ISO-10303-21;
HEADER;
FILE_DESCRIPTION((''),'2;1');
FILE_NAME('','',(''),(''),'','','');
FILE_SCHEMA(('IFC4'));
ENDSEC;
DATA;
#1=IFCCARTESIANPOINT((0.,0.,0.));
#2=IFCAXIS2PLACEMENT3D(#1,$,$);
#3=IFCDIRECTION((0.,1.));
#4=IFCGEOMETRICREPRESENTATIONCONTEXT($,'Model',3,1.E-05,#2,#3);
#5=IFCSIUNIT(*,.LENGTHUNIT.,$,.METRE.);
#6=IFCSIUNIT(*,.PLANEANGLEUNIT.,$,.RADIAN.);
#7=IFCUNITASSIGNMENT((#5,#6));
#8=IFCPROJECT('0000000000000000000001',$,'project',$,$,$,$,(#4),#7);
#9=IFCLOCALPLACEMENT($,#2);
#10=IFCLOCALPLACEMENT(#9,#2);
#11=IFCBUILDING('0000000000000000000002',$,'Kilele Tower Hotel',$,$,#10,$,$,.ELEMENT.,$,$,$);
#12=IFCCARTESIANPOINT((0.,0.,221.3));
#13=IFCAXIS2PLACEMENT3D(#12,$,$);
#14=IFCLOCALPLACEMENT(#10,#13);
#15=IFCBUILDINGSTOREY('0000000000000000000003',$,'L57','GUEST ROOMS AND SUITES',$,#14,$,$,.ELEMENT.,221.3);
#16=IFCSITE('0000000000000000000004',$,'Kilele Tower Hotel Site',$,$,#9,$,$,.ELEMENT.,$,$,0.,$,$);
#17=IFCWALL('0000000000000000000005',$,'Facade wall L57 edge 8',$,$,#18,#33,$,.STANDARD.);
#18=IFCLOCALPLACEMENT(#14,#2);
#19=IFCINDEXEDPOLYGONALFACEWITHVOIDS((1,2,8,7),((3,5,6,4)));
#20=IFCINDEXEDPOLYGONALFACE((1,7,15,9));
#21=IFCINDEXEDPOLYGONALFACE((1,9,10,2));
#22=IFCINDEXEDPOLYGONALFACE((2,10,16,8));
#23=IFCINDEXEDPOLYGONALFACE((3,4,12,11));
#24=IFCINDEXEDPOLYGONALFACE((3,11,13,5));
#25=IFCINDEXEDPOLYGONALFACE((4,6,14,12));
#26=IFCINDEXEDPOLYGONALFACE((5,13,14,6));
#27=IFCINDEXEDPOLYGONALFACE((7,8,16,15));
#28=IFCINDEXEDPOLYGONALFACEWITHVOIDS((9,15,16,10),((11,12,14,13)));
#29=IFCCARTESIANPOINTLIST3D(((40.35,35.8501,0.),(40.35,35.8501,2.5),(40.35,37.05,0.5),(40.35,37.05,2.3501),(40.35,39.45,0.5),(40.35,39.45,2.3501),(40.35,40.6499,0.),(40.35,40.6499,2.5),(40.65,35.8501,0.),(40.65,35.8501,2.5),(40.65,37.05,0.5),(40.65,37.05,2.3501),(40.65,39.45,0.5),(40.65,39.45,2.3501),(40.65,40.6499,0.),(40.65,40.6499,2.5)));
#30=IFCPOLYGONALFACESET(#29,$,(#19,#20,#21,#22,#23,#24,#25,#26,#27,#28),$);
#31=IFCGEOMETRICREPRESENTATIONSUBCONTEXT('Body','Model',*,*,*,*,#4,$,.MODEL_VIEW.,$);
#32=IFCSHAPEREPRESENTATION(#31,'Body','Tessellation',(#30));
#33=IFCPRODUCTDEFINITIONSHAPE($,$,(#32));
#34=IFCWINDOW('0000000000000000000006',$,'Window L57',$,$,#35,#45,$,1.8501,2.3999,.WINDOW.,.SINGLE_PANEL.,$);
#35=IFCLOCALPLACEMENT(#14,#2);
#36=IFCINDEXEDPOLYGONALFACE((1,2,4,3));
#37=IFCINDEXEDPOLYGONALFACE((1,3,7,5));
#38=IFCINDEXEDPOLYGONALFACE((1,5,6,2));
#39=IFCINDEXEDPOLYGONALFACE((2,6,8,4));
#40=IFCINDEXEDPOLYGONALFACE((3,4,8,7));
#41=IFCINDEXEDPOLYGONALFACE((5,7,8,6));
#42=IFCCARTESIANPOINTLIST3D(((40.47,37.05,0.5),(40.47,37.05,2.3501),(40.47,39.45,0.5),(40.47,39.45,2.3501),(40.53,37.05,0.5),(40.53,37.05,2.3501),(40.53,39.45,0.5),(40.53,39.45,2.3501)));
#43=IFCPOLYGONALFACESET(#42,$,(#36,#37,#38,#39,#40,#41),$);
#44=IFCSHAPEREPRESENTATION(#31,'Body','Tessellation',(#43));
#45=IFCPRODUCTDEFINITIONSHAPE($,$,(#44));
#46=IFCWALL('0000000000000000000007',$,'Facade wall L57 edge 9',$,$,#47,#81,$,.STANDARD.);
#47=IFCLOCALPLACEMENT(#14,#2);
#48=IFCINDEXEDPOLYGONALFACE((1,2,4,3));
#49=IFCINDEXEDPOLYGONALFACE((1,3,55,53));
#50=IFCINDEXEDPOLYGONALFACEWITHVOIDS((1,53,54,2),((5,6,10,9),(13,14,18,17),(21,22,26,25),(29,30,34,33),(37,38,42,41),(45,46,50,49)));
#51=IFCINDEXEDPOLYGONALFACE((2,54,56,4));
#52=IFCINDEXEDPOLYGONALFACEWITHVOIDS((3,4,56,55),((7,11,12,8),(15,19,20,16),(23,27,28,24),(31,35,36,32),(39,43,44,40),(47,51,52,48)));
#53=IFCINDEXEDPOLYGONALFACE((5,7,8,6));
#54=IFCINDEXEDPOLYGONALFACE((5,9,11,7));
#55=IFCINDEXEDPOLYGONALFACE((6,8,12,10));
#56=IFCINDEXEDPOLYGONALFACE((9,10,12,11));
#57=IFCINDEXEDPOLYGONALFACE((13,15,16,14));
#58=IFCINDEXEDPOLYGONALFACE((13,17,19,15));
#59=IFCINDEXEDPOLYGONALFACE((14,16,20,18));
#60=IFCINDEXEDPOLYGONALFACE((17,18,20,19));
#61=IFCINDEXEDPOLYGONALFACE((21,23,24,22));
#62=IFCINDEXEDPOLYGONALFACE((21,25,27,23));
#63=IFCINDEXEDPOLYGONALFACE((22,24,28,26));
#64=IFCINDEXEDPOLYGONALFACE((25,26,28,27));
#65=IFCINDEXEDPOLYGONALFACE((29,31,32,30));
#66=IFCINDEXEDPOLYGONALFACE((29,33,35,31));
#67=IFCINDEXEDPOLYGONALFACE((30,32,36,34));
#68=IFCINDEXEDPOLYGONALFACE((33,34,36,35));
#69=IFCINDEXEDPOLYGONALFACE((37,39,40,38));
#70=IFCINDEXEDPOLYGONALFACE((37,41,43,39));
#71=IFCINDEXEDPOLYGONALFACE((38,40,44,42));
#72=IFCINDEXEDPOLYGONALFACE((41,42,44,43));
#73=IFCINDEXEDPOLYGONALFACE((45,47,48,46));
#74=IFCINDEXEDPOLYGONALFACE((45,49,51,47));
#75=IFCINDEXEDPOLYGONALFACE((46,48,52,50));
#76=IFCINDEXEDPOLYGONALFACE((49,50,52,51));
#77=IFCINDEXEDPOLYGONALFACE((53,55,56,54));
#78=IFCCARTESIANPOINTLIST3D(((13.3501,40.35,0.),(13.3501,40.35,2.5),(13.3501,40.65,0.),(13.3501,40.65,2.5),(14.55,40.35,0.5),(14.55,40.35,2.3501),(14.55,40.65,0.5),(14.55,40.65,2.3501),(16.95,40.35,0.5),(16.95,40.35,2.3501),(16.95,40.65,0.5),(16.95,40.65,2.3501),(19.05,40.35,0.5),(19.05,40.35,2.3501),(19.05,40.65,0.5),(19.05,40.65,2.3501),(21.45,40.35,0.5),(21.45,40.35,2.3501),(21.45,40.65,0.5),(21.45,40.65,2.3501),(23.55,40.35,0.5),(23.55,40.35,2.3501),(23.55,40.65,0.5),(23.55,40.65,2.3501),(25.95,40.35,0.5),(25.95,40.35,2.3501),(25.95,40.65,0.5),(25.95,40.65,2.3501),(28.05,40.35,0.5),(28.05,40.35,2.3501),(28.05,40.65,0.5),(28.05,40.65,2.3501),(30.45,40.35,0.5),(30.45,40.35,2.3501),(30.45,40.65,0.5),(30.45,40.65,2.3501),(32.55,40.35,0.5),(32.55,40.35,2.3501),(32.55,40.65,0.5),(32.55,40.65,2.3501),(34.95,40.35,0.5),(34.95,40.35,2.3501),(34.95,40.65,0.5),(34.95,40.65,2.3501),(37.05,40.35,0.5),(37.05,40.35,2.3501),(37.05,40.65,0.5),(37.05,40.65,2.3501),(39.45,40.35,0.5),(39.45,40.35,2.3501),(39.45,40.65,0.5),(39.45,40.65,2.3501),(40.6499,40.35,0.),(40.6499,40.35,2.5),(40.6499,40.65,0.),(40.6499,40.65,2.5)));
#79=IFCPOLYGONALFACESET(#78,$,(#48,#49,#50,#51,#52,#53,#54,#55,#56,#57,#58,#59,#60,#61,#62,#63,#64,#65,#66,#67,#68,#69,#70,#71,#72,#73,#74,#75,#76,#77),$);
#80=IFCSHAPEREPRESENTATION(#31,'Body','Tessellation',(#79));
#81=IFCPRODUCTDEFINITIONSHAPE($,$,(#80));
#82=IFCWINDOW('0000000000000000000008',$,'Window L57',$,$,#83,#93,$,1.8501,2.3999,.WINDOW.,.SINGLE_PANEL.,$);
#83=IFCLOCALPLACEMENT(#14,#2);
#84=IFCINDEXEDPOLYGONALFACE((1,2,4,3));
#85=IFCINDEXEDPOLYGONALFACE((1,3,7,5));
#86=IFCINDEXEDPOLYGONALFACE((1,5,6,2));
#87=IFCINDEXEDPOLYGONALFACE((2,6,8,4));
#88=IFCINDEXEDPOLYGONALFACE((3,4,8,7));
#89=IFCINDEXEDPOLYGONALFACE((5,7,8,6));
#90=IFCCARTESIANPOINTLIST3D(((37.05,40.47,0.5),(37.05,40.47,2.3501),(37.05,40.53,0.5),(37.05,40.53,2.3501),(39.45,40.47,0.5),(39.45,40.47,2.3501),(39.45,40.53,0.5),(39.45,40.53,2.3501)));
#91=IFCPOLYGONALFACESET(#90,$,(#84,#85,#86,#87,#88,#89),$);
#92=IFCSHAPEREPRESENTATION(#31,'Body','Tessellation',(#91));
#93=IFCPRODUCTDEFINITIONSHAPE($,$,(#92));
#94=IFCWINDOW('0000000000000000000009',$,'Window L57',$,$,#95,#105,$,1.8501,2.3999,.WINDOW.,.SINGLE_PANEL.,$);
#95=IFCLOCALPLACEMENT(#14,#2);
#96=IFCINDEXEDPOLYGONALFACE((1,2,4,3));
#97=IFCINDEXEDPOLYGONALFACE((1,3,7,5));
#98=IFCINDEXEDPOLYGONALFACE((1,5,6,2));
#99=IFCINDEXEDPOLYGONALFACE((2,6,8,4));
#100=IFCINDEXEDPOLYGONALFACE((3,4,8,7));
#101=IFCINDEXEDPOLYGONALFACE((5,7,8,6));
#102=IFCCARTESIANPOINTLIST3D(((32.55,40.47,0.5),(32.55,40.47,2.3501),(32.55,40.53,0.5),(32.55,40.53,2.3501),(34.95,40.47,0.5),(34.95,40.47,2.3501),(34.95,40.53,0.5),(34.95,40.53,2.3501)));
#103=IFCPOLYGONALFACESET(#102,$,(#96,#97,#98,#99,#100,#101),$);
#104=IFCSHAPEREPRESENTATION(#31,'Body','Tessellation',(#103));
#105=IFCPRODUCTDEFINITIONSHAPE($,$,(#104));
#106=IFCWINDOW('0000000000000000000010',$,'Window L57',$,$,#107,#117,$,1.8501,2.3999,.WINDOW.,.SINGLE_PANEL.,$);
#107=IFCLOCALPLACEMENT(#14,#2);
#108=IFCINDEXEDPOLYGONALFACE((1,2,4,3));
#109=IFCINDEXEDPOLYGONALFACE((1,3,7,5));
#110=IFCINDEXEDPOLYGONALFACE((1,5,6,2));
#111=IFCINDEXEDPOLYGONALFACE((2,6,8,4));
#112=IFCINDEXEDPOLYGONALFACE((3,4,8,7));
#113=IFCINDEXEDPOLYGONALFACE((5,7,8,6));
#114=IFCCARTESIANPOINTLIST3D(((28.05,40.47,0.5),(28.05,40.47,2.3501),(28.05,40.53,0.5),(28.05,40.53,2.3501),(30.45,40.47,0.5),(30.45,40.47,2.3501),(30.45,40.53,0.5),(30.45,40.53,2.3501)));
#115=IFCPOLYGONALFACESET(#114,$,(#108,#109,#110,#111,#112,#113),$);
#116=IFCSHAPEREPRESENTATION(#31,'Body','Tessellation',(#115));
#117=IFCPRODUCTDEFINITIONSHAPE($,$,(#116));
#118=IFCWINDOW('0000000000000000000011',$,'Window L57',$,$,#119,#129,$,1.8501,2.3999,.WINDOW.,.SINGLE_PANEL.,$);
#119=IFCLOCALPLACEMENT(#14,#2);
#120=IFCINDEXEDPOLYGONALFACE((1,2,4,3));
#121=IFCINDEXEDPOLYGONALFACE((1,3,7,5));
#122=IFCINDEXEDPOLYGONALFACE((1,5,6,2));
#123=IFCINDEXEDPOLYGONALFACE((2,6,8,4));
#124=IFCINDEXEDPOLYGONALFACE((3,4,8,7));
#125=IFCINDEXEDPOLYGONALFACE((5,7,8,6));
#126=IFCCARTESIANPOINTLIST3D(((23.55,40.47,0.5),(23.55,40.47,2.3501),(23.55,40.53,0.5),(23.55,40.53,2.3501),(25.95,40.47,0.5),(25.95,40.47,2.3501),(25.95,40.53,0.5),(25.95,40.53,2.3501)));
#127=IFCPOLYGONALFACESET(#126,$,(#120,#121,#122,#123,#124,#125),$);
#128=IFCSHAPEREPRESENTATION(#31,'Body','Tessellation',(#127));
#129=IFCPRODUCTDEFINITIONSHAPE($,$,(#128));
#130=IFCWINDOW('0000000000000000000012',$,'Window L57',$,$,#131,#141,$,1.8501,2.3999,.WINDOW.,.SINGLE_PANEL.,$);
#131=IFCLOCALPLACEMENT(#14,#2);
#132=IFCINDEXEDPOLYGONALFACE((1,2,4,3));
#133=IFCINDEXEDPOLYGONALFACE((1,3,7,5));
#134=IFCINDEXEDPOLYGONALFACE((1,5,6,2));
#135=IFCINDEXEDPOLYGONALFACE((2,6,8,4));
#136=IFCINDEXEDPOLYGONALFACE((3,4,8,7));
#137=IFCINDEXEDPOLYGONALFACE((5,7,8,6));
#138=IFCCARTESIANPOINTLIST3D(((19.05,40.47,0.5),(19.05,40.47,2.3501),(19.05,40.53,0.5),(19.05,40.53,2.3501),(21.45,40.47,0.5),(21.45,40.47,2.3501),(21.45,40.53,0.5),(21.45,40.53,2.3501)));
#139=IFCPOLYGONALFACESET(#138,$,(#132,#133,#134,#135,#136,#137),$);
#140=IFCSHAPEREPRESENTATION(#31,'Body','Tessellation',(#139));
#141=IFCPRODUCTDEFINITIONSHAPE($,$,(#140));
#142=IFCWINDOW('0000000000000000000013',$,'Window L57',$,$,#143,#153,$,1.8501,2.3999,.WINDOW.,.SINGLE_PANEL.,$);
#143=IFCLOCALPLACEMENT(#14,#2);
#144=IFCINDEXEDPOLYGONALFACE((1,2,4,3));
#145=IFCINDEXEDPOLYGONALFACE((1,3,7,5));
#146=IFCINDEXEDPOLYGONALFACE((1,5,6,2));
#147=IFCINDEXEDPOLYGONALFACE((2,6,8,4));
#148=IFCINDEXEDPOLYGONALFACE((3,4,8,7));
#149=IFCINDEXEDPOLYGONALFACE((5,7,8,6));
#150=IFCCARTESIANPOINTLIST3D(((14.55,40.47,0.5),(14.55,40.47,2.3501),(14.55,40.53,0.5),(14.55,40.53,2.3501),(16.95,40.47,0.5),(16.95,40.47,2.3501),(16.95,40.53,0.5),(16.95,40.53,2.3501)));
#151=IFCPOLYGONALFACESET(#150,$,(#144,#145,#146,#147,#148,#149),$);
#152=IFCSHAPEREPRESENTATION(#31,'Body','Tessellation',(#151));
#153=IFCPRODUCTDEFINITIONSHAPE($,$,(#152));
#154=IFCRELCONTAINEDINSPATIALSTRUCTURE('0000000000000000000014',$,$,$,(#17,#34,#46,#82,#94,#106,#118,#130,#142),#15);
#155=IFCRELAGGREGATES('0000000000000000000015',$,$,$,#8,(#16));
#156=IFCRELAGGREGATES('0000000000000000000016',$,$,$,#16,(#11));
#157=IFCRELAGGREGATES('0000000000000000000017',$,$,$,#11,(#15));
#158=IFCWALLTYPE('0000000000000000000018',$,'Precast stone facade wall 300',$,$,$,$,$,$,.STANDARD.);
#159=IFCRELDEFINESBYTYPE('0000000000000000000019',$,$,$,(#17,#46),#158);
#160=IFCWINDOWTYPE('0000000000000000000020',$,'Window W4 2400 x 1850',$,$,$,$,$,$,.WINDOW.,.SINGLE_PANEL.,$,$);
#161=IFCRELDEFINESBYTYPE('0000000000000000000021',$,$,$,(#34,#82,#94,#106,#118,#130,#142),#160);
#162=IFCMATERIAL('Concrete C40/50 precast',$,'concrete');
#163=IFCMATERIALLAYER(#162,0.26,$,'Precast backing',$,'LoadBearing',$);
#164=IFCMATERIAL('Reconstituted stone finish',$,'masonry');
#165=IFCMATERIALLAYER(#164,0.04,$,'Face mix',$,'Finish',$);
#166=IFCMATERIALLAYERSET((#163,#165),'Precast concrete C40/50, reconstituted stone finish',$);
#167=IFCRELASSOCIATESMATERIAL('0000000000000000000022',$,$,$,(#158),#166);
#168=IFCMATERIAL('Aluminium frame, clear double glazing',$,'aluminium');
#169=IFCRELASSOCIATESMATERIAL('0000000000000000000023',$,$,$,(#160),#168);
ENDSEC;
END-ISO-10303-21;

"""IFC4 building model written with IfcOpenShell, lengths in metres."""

from ifc_helpers import new_model, si_unit, direction, frame, frame_2d, origin, place, context, subcontext, project, spatial, rectangle, extrude, material, layer, layer_set, type_object, element, fill, save


model = new_model("IFC4")

# Units and contexts
model_context = context("Model", 3, precision=1e-05, world=origin(), true_north=direction((0.0, 1.0)))
body_context = subcontext(model_context, "Body", "Model", "MODEL_VIEW")
ifc_project = project(units=[si_unit("LENGTHUNIT", "METRE"), si_unit("PLANEANGLEUNIT", "RADIAN")], contexts=[model_context])

# Site, building, storey
site_placement = place(None, origin())
site = spatial("IfcSite", under=ifc_project, at=site_placement, Name="Kilele Tower Hotel Site", CompositionType="ELEMENT", RefElevation=0.0)
building_placement = place(site_placement, origin())
building = spatial("IfcBuilding", under=site, at=building_placement, Name="Kilele Tower Hotel", CompositionType="ELEMENT")
storey_placement = place(building_placement, frame((0.0, 0.0, 221.3)))
storey = spatial("IfcBuildingStorey", under=building, at=storey_placement, Name="L57", Description="GUEST ROOMS AND SUITES", CompositionType="ELEMENT", Elevation=221.3)

# Wall, opening, window
ifc_material_1 = material(Name="Concrete C40/50 precast", Category="concrete")
ifc_layer_1 = layer(ifc_material_1, 0.26, Name="Precast backing", Category="LoadBearing")
ifc_material_2 = material(Name="Reconstituted stone finish", Category="masonry")
ifc_layer_2 = layer(ifc_material_2, 0.04, Name="Face mix", Category="Finish")
ifc_layer_set_1 = layer_set([ifc_layer_1, ifc_layer_2], Name="Precast concrete C40/50, reconstituted stone finish")
wall_type_1 = type_object("IfcWallType", Name="Precast stone facade wall 300", PredefinedType="STANDARD", material=ifc_layer_set_1)
ifc_material_3 = material(Name="Aluminium frame, clear double glazing", Category="aluminium")
window_type = type_object("IfcWindowType", Name="Window W4 2400 x 1850", PartitioningType="SINGLE_PANEL", PredefinedType="WINDOW", material=ifc_material_3)
wall_1_placement = place(storey_placement, frame((40.5, 35.8501, 0.0), z_axis=(0.0, 0.0, 1.0), x_axis=(0.0, 1.0, 0.0)))
wall_1 = element("IfcWall", 1, at=wall_1_placement, inside=storey, type_object=wall_type_1, Name="Facade wall L57 edge 8", PredefinedType="STANDARD", context=body_context, shape_type="SweptSolid", body=[
    extrude(rectangle(XDim=4.7998, YDim=0.3, at=frame_2d((2.3999, 0.0))), origin(), (0.0, 0.0, 1.0), 2.5),
])
opening_1_placement = place(wall_1_placement, frame((1.2, 0.0, 0.5)))
opening_1 = element("IfcOpeningElement", 2, at=opening_1_placement, cuts=wall_1, PredefinedType="OPENING", context=body_context, shape_type="SweptSolid", body=[
    extrude(rectangle(XDim=2.3999, YDim=1.8501, at=frame_2d((1.2, 0.925))), frame((0.0, 0.1599, 0.0), z_axis=(0.0, -1.0, 0.0), x_axis=(1.0, 0.0, 0.0)), (0.0, 0.0, 1.0), 0.3201),
])
window_1_placement = place(opening_1_placement, origin())
window_1 = element("IfcWindow", 3, at=window_1_placement, inside=storey, type_object=window_type, Name="Window L57", OverallHeight=1.8501, OverallWidth=2.3999, PartitioningType="SINGLE_PANEL", PredefinedType="WINDOW", context=body_context, shape_type="SweptSolid", body=[
    extrude(rectangle(XDim=2.3999, YDim=1.8501, at=frame_2d((1.2, 0.925))), frame((0.0, 0.03, 0.0), z_axis=(0.0, -1.0, 0.0), x_axis=(1.0, 0.0, 0.0)), (0.0, 0.0, 1.0), 0.0601),
])
fill(opening_1, window_1)

# Wall, openings, windows
wall_2_placement = place(storey_placement, frame((40.6499, 40.5, 0.0), z_axis=(0.0, 0.0, 1.0), x_axis=(-1.0, 0.0, 0.0)))
wall_2 = element("IfcWall", 4, at=wall_2_placement, inside=storey, type_object=wall_type_1, Name="Facade wall L57 edge 9", PredefinedType="STANDARD", context=body_context, shape_type="SweptSolid", body=[
    extrude(rectangle(XDim=27.2998, YDim=0.3, at=frame_2d((13.6499, 0.0))), origin(), (0.0, 0.0, 1.0), 2.5),
])
opening_2_placement = place(wall_2_placement, frame((1.2, 0.0, 0.5)))
opening_2 = element("IfcOpeningElement", 5, at=opening_2_placement, cuts=wall_2, PredefinedType="OPENING", context=body_context, shape_type="SweptSolid", body=[
    extrude(rectangle(XDim=2.3999, YDim=1.8501, at=frame_2d((1.2, 0.925))), frame((0.0, 0.1599, 0.0), z_axis=(0.0, -1.0, 0.0), x_axis=(1.0, 0.0, 0.0)), (0.0, 0.0, 1.0), 0.3201),
])
opening_3_placement = place(wall_2_placement, frame((5.7, 0.0, 0.5)))
opening_3 = element("IfcOpeningElement", 6, at=opening_3_placement, cuts=wall_2, PredefinedType="OPENING", context=body_context, shape_type="SweptSolid", body=[
    extrude(rectangle(XDim=2.3999, YDim=1.8501, at=frame_2d((1.2, 0.925))), frame((0.0, 0.1599, 0.0), z_axis=(0.0, -1.0, 0.0), x_axis=(1.0, 0.0, 0.0)), (0.0, 0.0, 1.0), 0.3201),
])
opening_4_placement = place(wall_2_placement, frame((10.2, 0.0, 0.5)))
opening_4 = element("IfcOpeningElement", 7, at=opening_4_placement, cuts=wall_2, PredefinedType="OPENING", context=body_context, shape_type="SweptSolid", body=[
    extrude(rectangle(XDim=2.3999, YDim=1.8501, at=frame_2d((1.2, 0.925))), frame((0.0, 0.1599, 0.0), z_axis=(0.0, -1.0, 0.0), x_axis=(1.0, 0.0, 0.0)), (0.0, 0.0, 1.0), 0.3201),
])
opening_5_placement = place(wall_2_placement, frame((14.7, 0.0, 0.5)))
opening_5 = element("IfcOpeningElement", 8, at=opening_5_placement, cuts=wall_2, PredefinedType="OPENING", context=body_context, shape_type="SweptSolid", body=[
    extrude(rectangle(XDim=2.3999, YDim=1.8501, at=frame_2d((1.2, 0.925))), frame((0.0, 0.1599, 0.0), z_axis=(0.0, -1.0, 0.0), x_axis=(1.0, 0.0, 0.0)), (0.0, 0.0, 1.0), 0.3201),
])
opening_6_placement = place(wall_2_placement, frame((19.2, 0.0, 0.5)))
opening_6 = element("IfcOpeningElement", 9, at=opening_6_placement, cuts=wall_2, PredefinedType="OPENING", context=body_context, shape_type="SweptSolid", body=[
    extrude(rectangle(XDim=2.3999, YDim=1.8501, at=frame_2d((1.2, 0.925))), frame((0.0, 0.1599, 0.0), z_axis=(0.0, -1.0, 0.0), x_axis=(1.0, 0.0, 0.0)), (0.0, 0.0, 1.0), 0.3201),
])
opening_7_placement = place(wall_2_placement, frame((23.7, 0.0, 0.5)))
opening_7 = element("IfcOpeningElement", 10, at=opening_7_placement, cuts=wall_2, PredefinedType="OPENING", context=body_context, shape_type="SweptSolid", body=[
    extrude(rectangle(XDim=2.3999, YDim=1.8501, at=frame_2d((1.2, 0.925))), frame((0.0, 0.1599, 0.0), z_axis=(0.0, -1.0, 0.0), x_axis=(1.0, 0.0, 0.0)), (0.0, 0.0, 1.0), 0.3201),
])
window_2_placement = place(opening_2_placement, origin())
window_2 = element("IfcWindow", 11, at=window_2_placement, inside=storey, type_object=window_type, Name="Window L57", OverallHeight=1.8501, OverallWidth=2.3999, PartitioningType="SINGLE_PANEL", PredefinedType="WINDOW", context=body_context, shape_type="SweptSolid", body=[
    extrude(rectangle(XDim=2.3999, YDim=1.8501, at=frame_2d((1.2, 0.925))), frame((0.0, 0.03, 0.0), z_axis=(0.0, -1.0, 0.0), x_axis=(1.0, 0.0, 0.0)), (0.0, 0.0, 1.0), 0.0601),
])
fill(opening_2, window_2)
window_3_placement = place(opening_3_placement, origin())
window_3 = element("IfcWindow", 12, at=window_3_placement, inside=storey, type_object=window_type, Name="Window L57", OverallHeight=1.8501, OverallWidth=2.3999, PartitioningType="SINGLE_PANEL", PredefinedType="WINDOW", context=body_context, shape_type="SweptSolid", body=[
    extrude(rectangle(XDim=2.3999, YDim=1.8501, at=frame_2d((1.2, 0.925))), frame((0.0, 0.03, 0.0), z_axis=(0.0, -1.0, 0.0), x_axis=(1.0, 0.0, 0.0)), (0.0, 0.0, 1.0), 0.0601),
])
fill(opening_3, window_3)
window_4_placement = place(opening_4_placement, origin())
window_4 = element("IfcWindow", 13, at=window_4_placement, inside=storey, type_object=window_type, Name="Window L57", OverallHeight=1.8501, OverallWidth=2.3999, PartitioningType="SINGLE_PANEL", PredefinedType="WINDOW", context=body_context, shape_type="SweptSolid", body=[
    extrude(rectangle(XDim=2.3999, YDim=1.8501, at=frame_2d((1.2, 0.925))), frame((0.0, 0.03, 0.0), z_axis=(0.0, -1.0, 0.0), x_axis=(1.0, 0.0, 0.0)), (0.0, 0.0, 1.0), 0.0601),
])
fill(opening_4, window_4)
window_5_placement = place(opening_5_placement, origin())
window_5 = element("IfcWindow", 14, at=window_5_placement, inside=storey, type_object=window_type, Name="Window L57", OverallHeight=1.8501, OverallWidth=2.3999, PartitioningType="SINGLE_PANEL", PredefinedType="WINDOW", context=body_context, shape_type="SweptSolid", body=[
    extrude(rectangle(XDim=2.3999, YDim=1.8501, at=frame_2d((1.2, 0.925))), frame((0.0, 0.03, 0.0), z_axis=(0.0, -1.0, 0.0), x_axis=(1.0, 0.0, 0.0)), (0.0, 0.0, 1.0), 0.0601),
])
fill(opening_5, window_5)
window_6_placement = place(opening_6_placement, origin())
window_6 = element("IfcWindow", 15, at=window_6_placement, inside=storey, type_object=window_type, Name="Window L57", OverallHeight=1.8501, OverallWidth=2.3999, PartitioningType="SINGLE_PANEL", PredefinedType="WINDOW", context=body_context, shape_type="SweptSolid", body=[
    extrude(rectangle(XDim=2.3999, YDim=1.8501, at=frame_2d((1.2, 0.925))), frame((0.0, 0.03, 0.0), z_axis=(0.0, -1.0, 0.0), x_axis=(1.0, 0.0, 0.0)), (0.0, 0.0, 1.0), 0.0601),
])
fill(opening_6, window_6)
window_7_placement = place(opening_7_placement, origin())
window_7 = element("IfcWindow", 16, at=window_7_placement, inside=storey, type_object=window_type, Name="Window L57", OverallHeight=1.8501, OverallWidth=2.3999, PartitioningType="SINGLE_PANEL", PredefinedType="WINDOW", context=body_context, shape_type="SweptSolid", body=[
    extrude(rectangle(XDim=2.3999, YDim=1.8501, at=frame_2d((1.2, 0.925))), frame((0.0, 0.03, 0.0), z_axis=(0.0, -1.0, 0.0), x_axis=(1.0, 0.0, 0.0)), (0.0, 0.0, 1.0), 0.0601),
])
fill(opening_7, window_7)

save(model, "model.ifc")
